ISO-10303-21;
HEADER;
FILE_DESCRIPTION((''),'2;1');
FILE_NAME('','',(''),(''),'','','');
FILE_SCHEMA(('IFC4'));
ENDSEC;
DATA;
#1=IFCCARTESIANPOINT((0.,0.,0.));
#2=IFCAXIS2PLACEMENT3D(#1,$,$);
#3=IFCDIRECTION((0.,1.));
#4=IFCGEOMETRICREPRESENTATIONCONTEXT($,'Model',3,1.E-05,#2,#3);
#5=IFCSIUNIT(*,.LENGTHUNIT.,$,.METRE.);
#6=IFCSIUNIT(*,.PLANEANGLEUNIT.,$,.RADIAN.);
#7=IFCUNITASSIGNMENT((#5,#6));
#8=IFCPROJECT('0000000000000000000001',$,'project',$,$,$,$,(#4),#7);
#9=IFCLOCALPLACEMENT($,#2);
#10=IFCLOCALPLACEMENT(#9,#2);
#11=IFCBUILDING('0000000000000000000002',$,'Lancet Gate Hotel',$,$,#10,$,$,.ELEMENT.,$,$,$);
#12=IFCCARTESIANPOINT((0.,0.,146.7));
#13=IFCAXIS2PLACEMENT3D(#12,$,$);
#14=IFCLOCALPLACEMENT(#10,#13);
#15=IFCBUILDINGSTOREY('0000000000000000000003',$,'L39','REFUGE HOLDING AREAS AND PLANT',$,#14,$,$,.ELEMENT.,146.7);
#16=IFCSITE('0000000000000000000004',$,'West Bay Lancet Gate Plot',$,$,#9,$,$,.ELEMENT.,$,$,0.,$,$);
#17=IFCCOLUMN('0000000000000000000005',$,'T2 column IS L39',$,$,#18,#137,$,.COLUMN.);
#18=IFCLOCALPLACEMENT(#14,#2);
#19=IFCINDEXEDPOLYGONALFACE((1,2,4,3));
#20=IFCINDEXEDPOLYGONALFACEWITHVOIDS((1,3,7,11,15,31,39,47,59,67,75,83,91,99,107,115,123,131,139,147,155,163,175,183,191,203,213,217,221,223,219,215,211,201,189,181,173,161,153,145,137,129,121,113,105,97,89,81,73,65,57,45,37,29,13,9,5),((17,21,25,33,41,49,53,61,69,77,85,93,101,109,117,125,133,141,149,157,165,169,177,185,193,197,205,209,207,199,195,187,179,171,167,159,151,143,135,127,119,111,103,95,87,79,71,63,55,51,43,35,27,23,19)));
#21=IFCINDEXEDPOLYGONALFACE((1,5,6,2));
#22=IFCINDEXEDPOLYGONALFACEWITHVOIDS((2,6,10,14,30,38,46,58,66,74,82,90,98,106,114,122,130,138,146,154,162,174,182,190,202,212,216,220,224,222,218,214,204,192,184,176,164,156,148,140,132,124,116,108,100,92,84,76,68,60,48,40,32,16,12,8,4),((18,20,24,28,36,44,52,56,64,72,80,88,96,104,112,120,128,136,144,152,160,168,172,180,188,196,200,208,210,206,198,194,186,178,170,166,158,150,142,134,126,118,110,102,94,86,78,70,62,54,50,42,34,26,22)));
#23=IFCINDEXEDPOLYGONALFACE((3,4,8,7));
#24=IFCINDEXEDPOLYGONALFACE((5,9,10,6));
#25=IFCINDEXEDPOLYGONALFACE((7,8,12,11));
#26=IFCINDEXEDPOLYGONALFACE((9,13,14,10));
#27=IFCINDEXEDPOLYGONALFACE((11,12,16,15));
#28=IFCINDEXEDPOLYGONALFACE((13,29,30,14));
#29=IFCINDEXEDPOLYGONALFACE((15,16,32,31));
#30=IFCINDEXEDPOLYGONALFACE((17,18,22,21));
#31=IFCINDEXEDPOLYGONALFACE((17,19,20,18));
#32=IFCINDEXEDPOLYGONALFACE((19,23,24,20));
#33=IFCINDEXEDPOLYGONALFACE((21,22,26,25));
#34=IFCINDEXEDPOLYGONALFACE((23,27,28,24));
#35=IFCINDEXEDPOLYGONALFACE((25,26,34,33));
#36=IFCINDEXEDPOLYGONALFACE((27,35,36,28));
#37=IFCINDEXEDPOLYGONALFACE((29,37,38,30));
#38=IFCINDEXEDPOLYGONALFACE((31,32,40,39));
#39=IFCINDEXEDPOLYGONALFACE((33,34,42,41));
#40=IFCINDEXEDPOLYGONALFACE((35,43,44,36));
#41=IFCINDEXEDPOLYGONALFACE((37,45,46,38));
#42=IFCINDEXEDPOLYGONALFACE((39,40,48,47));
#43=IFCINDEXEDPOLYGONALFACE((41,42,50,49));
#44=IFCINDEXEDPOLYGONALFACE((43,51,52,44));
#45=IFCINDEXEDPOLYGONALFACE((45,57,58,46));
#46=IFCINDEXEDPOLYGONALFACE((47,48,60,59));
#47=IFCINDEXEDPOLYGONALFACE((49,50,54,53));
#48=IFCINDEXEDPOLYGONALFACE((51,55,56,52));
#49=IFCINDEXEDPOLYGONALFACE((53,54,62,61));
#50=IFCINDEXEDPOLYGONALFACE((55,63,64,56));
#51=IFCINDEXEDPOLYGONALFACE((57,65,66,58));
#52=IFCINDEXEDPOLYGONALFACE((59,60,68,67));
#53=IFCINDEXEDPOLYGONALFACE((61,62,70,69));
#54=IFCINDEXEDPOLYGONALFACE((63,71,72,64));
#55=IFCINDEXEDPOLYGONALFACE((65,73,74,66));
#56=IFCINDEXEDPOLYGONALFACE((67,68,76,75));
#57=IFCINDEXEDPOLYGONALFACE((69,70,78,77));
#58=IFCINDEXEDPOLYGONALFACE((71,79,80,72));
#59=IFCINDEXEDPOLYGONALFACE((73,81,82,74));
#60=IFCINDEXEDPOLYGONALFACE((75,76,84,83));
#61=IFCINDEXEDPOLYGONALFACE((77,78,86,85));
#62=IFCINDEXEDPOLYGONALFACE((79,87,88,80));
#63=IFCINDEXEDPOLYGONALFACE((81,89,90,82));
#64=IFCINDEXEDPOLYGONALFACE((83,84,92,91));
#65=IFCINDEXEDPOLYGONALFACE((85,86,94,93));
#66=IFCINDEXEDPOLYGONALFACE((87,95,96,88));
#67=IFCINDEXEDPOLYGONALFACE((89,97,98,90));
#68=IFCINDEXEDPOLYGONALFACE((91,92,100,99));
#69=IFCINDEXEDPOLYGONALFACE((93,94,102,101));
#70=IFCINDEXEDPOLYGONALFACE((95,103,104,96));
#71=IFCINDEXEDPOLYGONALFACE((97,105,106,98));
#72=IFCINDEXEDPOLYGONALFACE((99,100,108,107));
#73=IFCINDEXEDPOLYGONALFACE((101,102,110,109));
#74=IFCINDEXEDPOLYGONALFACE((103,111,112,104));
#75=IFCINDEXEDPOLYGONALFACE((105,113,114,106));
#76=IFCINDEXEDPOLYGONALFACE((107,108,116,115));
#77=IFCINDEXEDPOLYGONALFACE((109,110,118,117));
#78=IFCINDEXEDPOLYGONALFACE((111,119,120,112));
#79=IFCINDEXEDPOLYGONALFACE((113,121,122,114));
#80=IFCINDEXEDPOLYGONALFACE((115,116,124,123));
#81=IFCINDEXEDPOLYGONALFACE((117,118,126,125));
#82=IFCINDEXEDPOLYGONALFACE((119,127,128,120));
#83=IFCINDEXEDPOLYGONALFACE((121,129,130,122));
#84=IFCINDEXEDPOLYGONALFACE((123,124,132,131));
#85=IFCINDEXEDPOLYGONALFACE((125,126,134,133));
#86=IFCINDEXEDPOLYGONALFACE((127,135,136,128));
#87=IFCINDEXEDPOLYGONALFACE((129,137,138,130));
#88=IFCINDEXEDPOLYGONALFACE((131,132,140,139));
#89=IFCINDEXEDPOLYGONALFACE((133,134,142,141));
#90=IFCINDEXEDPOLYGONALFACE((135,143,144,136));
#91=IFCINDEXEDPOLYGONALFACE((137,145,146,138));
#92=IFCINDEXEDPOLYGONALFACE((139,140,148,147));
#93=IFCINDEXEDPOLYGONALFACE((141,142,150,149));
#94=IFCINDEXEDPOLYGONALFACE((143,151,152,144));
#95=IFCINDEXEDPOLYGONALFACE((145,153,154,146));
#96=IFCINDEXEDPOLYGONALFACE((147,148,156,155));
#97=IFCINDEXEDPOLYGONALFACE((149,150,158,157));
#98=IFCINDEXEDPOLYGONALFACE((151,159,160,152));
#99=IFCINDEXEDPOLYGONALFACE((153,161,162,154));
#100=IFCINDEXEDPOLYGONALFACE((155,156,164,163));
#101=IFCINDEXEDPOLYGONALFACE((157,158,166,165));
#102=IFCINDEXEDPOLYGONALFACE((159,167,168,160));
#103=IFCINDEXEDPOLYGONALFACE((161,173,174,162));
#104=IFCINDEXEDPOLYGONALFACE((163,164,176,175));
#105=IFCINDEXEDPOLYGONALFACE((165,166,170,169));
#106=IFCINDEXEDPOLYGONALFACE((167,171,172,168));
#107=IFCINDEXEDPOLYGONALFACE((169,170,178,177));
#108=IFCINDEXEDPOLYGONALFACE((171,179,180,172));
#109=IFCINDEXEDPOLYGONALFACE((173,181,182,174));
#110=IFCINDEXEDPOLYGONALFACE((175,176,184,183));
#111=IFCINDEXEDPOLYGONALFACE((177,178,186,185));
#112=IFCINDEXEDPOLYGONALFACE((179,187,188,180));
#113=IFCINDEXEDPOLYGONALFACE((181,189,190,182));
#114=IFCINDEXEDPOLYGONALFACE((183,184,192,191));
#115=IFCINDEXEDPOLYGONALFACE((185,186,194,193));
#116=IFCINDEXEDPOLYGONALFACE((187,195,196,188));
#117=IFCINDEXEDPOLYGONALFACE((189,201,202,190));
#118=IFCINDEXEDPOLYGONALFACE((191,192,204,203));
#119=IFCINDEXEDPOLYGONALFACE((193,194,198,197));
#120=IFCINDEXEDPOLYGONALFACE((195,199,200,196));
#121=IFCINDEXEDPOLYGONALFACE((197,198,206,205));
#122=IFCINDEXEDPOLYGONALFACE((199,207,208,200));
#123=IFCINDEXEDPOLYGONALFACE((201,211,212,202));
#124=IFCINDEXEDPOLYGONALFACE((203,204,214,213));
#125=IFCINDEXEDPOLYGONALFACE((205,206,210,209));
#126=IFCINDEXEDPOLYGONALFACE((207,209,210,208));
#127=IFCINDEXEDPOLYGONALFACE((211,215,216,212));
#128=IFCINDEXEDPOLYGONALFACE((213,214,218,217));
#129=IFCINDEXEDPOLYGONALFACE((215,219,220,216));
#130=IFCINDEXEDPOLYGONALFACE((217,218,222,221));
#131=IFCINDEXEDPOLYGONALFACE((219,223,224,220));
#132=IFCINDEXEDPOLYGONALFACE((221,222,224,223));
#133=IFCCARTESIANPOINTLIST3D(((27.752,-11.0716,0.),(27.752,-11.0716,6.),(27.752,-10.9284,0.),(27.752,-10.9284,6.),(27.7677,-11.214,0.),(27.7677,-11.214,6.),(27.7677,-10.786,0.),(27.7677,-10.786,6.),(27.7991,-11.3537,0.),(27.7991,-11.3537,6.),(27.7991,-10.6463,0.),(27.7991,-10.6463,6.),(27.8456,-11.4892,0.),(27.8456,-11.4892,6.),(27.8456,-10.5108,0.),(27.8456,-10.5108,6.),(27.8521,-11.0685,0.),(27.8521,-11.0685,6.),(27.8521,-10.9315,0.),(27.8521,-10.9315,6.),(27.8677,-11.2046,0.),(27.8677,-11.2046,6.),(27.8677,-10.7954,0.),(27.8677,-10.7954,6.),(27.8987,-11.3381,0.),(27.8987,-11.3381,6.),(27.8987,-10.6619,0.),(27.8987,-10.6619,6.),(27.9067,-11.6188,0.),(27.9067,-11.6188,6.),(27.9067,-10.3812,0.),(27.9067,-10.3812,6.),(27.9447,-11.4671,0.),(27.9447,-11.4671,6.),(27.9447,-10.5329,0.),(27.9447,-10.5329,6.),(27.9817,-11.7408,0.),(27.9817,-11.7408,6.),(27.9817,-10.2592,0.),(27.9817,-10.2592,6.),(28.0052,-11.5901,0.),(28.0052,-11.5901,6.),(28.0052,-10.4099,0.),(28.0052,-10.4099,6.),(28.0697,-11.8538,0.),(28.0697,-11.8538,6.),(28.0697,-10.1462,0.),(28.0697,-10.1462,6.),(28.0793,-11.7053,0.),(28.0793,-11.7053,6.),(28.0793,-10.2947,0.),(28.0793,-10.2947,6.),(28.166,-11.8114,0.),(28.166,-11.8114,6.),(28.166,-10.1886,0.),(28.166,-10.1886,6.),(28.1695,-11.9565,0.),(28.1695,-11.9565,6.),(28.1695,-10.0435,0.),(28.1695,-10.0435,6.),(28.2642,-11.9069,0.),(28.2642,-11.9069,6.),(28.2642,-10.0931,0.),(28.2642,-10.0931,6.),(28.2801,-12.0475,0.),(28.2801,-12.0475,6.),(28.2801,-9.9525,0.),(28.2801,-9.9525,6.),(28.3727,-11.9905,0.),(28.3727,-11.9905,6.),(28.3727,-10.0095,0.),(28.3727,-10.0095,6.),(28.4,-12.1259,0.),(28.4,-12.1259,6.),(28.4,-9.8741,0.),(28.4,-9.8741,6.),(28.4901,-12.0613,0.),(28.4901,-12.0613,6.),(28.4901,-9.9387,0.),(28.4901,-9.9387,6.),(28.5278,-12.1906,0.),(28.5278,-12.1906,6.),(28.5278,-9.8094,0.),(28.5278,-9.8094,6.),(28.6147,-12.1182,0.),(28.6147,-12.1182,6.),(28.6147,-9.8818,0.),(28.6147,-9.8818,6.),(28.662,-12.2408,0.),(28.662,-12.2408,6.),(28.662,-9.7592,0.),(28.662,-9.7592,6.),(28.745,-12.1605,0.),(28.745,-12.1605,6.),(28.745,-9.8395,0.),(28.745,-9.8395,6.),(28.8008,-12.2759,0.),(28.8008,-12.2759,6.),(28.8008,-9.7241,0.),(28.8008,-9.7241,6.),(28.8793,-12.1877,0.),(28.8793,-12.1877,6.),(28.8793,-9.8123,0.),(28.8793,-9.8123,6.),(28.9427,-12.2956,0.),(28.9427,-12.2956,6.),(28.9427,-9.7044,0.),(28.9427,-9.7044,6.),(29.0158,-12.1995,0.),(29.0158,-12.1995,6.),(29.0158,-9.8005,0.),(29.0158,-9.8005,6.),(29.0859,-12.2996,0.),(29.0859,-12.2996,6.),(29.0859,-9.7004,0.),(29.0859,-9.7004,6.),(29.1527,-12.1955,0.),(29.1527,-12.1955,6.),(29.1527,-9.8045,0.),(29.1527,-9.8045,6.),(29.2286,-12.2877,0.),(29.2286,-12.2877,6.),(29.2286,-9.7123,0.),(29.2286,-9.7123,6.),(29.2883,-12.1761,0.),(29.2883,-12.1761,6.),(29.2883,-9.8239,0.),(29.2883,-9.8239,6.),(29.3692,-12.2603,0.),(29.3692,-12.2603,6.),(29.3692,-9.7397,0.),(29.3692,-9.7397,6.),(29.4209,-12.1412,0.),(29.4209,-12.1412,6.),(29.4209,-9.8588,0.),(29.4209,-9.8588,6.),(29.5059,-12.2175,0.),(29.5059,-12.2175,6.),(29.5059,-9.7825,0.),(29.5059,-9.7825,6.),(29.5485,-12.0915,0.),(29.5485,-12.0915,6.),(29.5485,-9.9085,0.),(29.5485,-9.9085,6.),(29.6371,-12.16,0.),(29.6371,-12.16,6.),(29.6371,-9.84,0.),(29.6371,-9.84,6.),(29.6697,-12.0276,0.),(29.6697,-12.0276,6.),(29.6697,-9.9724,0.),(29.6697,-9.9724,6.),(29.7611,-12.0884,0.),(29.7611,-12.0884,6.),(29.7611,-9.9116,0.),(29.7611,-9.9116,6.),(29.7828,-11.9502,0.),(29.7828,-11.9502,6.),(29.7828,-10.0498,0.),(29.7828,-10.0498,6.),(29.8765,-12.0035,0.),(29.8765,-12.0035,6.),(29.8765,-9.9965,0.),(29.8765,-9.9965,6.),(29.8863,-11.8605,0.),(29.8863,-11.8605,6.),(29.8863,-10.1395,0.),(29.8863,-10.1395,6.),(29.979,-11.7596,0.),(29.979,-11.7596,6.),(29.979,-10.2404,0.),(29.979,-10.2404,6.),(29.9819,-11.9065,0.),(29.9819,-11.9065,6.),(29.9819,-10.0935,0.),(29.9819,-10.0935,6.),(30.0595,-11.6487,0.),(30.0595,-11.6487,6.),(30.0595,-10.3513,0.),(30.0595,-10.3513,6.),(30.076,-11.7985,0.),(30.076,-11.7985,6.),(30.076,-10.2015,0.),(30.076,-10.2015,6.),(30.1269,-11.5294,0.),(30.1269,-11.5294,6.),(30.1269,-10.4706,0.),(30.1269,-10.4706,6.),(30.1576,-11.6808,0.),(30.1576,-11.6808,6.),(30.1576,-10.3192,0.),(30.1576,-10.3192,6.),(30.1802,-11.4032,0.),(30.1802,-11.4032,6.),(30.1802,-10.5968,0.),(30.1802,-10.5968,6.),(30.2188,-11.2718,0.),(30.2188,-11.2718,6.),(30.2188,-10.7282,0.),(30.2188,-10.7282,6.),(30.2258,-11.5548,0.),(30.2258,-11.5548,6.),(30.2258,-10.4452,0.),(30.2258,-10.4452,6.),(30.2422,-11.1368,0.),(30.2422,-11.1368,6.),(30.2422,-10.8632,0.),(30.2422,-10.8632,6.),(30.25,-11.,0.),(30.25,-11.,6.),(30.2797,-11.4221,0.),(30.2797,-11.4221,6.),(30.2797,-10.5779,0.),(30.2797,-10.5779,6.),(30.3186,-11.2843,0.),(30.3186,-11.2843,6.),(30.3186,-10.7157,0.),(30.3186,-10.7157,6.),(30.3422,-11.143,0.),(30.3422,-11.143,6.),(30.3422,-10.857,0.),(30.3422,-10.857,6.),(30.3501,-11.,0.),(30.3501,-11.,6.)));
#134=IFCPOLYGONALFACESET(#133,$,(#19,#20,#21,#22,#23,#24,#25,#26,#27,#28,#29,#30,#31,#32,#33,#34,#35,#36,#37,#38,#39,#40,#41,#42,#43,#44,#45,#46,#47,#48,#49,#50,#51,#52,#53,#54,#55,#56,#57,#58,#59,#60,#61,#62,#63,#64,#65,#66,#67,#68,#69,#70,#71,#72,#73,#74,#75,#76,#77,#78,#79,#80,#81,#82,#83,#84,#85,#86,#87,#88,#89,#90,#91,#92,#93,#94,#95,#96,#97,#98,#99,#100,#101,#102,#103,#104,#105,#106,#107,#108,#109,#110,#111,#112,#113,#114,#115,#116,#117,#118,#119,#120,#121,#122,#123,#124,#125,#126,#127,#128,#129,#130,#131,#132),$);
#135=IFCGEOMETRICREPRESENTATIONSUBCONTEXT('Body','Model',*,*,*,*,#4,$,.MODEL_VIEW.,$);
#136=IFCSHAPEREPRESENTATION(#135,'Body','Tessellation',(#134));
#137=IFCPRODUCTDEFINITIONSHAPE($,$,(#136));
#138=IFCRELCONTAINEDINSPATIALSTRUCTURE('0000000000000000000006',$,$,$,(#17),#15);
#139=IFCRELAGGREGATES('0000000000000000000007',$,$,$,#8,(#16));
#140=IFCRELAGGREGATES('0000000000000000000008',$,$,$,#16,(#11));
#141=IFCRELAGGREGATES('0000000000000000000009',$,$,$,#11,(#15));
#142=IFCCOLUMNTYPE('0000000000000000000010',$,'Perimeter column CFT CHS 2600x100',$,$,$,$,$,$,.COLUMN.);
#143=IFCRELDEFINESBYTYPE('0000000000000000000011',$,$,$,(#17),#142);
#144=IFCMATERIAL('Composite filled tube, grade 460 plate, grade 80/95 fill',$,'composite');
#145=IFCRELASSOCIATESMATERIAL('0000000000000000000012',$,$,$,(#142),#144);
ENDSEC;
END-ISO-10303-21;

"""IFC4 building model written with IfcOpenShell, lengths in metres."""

from ifc_helpers import new_model, si_unit, direction, frame, origin, origin_2d, place, context, subcontext, project, spatial, hollow_circle, extrude, material, material_profile, profile_set, type_object, element, save


model = new_model("IFC4")

# Units and contexts
model_context = context("Model", 3, precision=1e-05, world=origin(), true_north=direction((0.0, 1.0)))
body_context = subcontext(model_context, "Body", "Model", "MODEL_VIEW")
ifc_project = project(units=[si_unit("LENGTHUNIT", "METRE"), si_unit("PLANEANGLEUNIT", "RADIAN")], contexts=[model_context])

# Site, building, storey
site_placement = place(None, origin())
site = spatial("IfcSite", under=ifc_project, at=site_placement, Name="West Bay Lancet Gate Plot", CompositionType="ELEMENT", RefElevation=0.0)
building_placement = place(site_placement, origin())
building = spatial("IfcBuilding", under=site, at=building_placement, Name="Lancet Gate Hotel", CompositionType="ELEMENT")
storey_placement = place(building_placement, frame((0.0, 0.0, 146.7)))
storey = spatial("IfcBuildingStorey", under=building, at=storey_placement, Name="L39", Description="REFUGE HOLDING AREAS AND PLANT", CompositionType="ELEMENT", Elevation=146.7)

# Column
ifc_material_1 = material(Name="Composite filled tube, grade 460 plate, grade 80/95 fill", Category="composite")
ifc_material_profile_1 = material_profile(ifc_material_1, hollow_circle(Radius=1.3, WallThickness=0.1001, at=origin_2d()), Name="CHS 2600x100")
ifc_profile_set_1 = profile_set([ifc_material_profile_1], Name="Composite filled tube, grade 460 plate, grade 80/95 fill")
column_type = type_object("IfcColumnType", Name="Perimeter column CFT CHS 2600x100", PredefinedType="COLUMN", material=ifc_profile_set_1)
for number, where, z_axis, x_axis, name in (
    (1, (29.05, -11.0, 0.0), (0.0, 0.0, 1.0), (1.0, 0.0, 0.0), "T2 column IS L39"),
):
    element("IfcColumn", number, at=place(storey_placement, frame(where, z_axis=z_axis, x_axis=x_axis)), inside=storey, type_object=column_type, Name=name, PredefinedType="COLUMN", context=body_context, shape_type="SweptSolid", body=[
        extrude(hollow_circle(Radius=1.3, WallThickness=0.1001, at=origin_2d()), origin(), (0.0, 0.0, 1.0), 6.0),
    ])

save(model, "model.ifc")
